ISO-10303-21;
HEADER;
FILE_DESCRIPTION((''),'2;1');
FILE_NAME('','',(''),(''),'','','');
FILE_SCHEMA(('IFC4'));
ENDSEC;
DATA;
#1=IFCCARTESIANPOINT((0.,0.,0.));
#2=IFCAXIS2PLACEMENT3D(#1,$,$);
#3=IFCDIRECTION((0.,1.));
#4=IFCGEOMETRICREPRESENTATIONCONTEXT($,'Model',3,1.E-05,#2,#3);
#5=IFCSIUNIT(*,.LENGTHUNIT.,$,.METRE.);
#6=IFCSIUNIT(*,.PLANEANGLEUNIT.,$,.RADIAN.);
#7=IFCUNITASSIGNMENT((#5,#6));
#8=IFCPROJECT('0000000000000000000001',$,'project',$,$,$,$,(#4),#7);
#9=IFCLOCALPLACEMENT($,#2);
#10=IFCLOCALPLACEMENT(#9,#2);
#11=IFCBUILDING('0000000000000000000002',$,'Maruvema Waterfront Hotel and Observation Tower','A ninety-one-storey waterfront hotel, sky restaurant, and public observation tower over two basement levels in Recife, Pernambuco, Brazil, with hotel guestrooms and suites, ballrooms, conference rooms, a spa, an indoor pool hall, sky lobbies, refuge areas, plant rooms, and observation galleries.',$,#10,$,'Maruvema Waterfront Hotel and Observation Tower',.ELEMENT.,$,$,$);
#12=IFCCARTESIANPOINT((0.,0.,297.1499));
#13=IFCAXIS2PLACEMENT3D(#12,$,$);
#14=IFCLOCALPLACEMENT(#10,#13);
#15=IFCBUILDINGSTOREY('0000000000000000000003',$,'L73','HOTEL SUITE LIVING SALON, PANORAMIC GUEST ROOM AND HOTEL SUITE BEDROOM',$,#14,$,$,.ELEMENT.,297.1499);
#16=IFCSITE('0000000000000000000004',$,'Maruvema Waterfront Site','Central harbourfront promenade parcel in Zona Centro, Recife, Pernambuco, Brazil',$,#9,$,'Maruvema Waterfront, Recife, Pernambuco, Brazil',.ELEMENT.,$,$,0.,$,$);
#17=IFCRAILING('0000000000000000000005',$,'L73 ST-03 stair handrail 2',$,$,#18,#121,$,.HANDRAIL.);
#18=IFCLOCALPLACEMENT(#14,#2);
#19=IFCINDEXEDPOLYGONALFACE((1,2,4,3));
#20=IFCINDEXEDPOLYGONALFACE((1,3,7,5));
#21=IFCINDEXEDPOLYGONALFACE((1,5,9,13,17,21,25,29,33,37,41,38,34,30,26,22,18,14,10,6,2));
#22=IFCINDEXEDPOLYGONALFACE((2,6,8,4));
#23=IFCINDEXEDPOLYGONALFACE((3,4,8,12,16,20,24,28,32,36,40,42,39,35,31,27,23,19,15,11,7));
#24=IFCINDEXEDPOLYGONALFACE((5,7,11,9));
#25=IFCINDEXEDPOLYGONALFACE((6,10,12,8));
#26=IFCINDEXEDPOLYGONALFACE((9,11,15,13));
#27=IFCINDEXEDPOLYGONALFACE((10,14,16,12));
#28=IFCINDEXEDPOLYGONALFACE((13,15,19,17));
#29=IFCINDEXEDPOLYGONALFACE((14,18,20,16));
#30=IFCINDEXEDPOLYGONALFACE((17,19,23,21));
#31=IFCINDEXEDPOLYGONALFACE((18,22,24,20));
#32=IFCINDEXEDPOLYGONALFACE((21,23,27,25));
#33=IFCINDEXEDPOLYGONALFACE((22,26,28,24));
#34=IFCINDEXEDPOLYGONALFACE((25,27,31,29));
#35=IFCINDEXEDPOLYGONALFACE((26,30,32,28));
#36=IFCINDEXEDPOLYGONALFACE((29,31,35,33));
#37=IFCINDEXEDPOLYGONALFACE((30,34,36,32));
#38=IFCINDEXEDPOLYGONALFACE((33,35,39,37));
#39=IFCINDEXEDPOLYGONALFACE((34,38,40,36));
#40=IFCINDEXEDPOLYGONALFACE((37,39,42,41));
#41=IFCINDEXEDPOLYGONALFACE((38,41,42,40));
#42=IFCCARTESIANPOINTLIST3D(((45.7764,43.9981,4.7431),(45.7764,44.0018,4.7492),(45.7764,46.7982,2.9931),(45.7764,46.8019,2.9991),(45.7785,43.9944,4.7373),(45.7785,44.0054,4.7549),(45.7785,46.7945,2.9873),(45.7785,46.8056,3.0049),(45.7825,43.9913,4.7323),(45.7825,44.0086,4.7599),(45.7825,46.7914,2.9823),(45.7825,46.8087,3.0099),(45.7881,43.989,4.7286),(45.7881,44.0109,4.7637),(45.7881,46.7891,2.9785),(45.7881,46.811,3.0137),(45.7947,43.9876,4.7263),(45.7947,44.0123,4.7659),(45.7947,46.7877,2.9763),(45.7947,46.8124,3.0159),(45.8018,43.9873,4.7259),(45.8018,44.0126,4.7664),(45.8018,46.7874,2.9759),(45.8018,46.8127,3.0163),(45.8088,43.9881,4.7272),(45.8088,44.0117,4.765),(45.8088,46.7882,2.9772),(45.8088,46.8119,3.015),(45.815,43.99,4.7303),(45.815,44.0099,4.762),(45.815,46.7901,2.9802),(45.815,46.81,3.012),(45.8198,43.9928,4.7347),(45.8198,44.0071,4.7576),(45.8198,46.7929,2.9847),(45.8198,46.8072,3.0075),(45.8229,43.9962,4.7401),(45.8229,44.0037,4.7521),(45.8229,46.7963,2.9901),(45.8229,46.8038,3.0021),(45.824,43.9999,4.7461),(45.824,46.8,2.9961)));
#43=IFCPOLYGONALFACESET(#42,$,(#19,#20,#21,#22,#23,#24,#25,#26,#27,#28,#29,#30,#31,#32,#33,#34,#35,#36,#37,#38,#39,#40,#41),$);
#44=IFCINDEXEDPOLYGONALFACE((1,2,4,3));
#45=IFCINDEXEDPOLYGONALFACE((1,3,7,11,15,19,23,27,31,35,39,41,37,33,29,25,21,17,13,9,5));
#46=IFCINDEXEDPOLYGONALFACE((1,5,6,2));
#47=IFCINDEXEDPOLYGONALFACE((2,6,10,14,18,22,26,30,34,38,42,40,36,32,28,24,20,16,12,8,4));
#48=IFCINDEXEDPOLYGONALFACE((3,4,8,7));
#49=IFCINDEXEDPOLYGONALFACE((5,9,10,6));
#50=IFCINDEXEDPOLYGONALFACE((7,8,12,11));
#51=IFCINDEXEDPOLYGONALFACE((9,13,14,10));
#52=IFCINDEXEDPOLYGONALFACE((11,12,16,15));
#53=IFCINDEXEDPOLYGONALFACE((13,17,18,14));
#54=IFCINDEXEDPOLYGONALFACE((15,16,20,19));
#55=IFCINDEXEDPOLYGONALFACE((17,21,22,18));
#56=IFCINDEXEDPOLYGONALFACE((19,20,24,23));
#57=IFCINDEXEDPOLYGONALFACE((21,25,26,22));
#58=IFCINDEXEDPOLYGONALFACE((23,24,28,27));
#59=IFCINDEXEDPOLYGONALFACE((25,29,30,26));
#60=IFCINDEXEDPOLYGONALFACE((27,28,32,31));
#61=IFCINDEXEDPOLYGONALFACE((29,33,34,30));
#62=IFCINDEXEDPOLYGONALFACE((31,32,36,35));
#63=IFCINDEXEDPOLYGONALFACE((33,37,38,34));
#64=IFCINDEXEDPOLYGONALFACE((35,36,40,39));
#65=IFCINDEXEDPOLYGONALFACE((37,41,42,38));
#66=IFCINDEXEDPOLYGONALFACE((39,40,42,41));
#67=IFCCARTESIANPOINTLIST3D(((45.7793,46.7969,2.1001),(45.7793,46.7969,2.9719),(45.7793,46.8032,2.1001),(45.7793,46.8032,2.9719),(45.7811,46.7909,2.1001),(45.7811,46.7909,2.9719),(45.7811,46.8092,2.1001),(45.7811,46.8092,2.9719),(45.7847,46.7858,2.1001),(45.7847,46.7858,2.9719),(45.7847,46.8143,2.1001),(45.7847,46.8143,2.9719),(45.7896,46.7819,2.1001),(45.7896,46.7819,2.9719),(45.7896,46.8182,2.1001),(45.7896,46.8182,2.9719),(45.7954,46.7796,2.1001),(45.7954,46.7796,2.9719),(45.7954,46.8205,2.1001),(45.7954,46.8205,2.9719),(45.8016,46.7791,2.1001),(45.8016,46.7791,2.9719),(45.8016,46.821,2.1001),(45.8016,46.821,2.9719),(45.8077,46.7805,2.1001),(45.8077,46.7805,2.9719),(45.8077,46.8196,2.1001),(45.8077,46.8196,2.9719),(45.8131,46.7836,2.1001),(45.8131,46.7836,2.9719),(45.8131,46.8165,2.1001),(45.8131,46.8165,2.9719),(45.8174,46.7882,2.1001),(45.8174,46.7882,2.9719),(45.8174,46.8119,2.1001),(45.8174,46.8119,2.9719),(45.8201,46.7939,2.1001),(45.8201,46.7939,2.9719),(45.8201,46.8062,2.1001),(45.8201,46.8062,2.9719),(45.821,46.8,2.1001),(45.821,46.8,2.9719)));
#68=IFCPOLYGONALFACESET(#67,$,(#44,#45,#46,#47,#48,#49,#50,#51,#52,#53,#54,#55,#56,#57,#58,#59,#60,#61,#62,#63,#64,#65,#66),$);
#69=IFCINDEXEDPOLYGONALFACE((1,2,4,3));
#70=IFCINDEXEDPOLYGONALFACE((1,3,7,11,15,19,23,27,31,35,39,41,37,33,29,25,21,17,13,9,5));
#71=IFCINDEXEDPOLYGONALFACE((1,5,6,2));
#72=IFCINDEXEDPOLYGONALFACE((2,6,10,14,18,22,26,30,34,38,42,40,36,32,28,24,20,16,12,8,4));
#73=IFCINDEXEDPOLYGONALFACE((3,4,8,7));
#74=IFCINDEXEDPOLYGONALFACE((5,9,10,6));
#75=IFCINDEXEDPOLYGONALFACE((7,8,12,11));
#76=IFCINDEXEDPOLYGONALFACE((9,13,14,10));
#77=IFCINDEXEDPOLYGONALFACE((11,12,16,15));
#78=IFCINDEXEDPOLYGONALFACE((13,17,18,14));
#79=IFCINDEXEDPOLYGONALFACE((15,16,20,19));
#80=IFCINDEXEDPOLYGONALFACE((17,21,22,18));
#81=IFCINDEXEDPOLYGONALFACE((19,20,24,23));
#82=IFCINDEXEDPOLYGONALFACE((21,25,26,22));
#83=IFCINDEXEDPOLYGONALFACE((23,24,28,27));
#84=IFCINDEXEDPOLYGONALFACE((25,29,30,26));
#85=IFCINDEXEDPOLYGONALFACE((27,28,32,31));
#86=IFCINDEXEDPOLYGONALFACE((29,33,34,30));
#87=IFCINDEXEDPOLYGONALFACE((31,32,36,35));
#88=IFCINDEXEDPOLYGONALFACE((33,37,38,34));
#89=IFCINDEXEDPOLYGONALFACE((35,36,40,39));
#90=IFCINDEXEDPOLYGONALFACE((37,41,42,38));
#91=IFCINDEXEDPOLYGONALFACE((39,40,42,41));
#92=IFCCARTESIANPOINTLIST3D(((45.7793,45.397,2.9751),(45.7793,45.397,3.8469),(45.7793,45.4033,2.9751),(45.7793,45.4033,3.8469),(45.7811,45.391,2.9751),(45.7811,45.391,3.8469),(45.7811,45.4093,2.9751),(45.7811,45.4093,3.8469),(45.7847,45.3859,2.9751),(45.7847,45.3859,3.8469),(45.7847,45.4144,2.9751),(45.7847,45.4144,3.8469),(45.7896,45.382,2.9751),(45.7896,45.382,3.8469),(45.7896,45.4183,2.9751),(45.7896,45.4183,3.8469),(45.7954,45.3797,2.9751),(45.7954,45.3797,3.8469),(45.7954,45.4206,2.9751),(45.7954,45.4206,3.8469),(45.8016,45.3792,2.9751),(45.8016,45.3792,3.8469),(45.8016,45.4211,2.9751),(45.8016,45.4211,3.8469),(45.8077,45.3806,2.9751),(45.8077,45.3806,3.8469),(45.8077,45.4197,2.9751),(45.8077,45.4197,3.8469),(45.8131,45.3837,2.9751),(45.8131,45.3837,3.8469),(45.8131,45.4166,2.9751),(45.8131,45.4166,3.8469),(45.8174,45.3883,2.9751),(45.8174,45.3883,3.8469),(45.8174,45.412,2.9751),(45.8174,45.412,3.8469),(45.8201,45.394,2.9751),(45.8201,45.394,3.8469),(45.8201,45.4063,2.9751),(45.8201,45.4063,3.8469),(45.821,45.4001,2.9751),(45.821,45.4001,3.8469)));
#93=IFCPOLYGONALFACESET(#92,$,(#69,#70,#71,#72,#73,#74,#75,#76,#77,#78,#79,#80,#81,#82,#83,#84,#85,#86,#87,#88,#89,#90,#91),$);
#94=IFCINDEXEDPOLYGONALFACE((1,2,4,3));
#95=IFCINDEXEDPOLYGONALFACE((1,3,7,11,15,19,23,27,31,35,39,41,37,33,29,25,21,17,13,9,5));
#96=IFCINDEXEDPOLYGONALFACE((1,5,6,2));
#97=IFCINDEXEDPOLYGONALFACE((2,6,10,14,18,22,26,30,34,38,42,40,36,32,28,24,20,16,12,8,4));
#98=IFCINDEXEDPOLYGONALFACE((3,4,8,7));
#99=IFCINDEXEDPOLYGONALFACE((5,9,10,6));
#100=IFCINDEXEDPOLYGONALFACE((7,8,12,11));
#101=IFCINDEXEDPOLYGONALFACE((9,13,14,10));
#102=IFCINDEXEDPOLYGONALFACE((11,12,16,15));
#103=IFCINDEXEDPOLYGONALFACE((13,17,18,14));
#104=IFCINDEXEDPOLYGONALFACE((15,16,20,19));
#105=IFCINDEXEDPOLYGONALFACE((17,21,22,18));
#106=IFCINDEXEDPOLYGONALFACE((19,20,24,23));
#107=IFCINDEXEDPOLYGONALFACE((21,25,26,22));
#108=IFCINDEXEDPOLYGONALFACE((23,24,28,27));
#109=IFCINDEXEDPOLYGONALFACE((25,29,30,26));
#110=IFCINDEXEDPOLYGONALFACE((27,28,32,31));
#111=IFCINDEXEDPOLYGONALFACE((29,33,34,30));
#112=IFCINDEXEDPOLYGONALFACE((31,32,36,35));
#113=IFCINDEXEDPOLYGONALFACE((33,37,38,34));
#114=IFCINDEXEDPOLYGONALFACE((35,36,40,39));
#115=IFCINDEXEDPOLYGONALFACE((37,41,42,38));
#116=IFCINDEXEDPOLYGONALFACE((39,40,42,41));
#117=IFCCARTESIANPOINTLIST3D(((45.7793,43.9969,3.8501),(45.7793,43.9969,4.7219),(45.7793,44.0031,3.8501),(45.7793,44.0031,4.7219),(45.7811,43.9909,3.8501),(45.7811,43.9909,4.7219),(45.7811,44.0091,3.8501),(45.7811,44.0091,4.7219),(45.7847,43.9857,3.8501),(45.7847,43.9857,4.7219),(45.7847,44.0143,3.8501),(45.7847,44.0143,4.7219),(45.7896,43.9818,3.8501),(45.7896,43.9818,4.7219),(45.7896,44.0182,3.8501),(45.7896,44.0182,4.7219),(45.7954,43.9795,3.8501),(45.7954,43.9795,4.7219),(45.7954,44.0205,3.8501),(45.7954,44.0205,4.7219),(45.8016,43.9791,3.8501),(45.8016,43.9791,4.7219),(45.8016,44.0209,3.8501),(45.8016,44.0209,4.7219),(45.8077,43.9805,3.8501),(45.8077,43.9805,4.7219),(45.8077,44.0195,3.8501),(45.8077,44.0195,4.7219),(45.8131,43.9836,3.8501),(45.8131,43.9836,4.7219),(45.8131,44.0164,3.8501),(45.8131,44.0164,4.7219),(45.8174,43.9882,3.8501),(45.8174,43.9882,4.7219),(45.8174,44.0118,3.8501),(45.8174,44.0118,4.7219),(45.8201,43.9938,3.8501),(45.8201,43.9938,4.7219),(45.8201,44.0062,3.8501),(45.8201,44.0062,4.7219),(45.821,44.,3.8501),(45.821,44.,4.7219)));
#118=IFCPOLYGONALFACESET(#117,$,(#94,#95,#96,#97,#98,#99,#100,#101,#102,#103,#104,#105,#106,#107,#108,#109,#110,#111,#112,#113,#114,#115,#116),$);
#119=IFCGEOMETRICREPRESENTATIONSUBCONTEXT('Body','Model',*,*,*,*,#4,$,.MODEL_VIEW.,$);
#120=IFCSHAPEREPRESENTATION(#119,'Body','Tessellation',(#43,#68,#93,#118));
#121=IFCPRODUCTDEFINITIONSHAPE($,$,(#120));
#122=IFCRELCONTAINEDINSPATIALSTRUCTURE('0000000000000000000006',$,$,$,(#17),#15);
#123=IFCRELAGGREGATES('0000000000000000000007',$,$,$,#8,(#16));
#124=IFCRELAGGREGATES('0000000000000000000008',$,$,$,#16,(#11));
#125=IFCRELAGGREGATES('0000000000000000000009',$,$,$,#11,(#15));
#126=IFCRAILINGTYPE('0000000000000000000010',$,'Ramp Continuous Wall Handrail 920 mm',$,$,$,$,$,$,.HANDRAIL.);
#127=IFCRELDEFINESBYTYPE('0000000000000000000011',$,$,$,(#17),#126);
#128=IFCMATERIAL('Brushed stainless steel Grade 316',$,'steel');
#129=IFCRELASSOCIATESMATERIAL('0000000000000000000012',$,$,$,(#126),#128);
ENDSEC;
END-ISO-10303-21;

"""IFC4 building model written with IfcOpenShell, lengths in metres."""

from ifc_helpers import new_model, si_unit, direction, frame, origin, origin_2d, place, context, subcontext, project, spatial, circle, extrude, material, type_object, element, save


model = new_model("IFC4")

# Units and contexts
model_context = context("Model", 3, precision=1e-05, world=origin(), true_north=direction((0.0, 1.0)))
body_context = subcontext(model_context, "Body", "Model", "MODEL_VIEW")
ifc_project = project(units=[si_unit("LENGTHUNIT", "METRE"), si_unit("PLANEANGLEUNIT", "RADIAN")], contexts=[model_context])

# Site, building, storey
site_placement = place(None, origin())
site = spatial("IfcSite", under=ifc_project, at=site_placement, Name="Maruvema Waterfront Site", Description="Central harbourfront promenade parcel in Zona Centro, Recife, Pernambuco, Brazil", LongName="Maruvema Waterfront, Recife, Pernambuco, Brazil", CompositionType="ELEMENT", RefElevation=0.0)
building_placement = place(site_placement, origin())
building = spatial("IfcBuilding", under=site, at=building_placement, Name="Maruvema Waterfront Hotel and Observation Tower", Description="A ninety-one-storey waterfront hotel, sky restaurant, and public observation tower over two basement levels in Recife, Pernambuco, Brazil, with hotel guestrooms and suites, ballrooms, conference rooms, a spa, an indoor pool hall, sky lobbies, refuge areas, plant rooms, and observation galleries.", LongName="Maruvema Waterfront Hotel and Observation Tower", CompositionType="ELEMENT")
storey_placement = place(building_placement, frame((0.0, 0.0, 297.1499)))
storey = spatial("IfcBuildingStorey", under=building, at=storey_placement, Name="L73", Description="HOTEL SUITE LIVING SALON, PANORAMIC GUEST ROOM AND HOTEL SUITE BEDROOM", CompositionType="ELEMENT", Elevation=297.1499)

# Railing
ifc_material_1 = material(Name="Brushed stainless steel Grade 316", Category="steel")
railing_type_1 = type_object("IfcRailingType", Name="Ramp Continuous Wall Handrail 920 mm", PredefinedType="HANDRAIL", material=ifc_material_1)
railing_1_placement = place(storey_placement, frame((45.8, 46.8, 2.1001)))
element("IfcRailing", 1, at=railing_1_placement, inside=storey, type_object=railing_type_1, Name="L73 ST-03 stair handrail 2", PredefinedType="HANDRAIL", context=body_context, shape_type="SweptSolid", body=[
    extrude(circle(Radius=0.0239, at=origin_2d()), frame((0.0, 0.0, 0.896), z_axis=(0.0, -0.848002, 0.529992), x_axis=(1.0, 0.0, 0.0)), (0.0, 0.0, 1.0), 3.302),
    extrude(circle(Radius=0.021, at=origin_2d()), origin(), (0.0, 0.0, 1.0), 0.8718),
    extrude(circle(Radius=0.021, at=origin_2d()), frame((0.0, -1.3999, 0.875)), (0.0, 0.0, 1.0), 0.8718),
    extrude(circle(Radius=0.021, at=origin_2d()), frame((0.0, -2.8, 1.75)), (0.0, 0.0, 1.0), 0.8718),
])

save(model, "model.ifc")
